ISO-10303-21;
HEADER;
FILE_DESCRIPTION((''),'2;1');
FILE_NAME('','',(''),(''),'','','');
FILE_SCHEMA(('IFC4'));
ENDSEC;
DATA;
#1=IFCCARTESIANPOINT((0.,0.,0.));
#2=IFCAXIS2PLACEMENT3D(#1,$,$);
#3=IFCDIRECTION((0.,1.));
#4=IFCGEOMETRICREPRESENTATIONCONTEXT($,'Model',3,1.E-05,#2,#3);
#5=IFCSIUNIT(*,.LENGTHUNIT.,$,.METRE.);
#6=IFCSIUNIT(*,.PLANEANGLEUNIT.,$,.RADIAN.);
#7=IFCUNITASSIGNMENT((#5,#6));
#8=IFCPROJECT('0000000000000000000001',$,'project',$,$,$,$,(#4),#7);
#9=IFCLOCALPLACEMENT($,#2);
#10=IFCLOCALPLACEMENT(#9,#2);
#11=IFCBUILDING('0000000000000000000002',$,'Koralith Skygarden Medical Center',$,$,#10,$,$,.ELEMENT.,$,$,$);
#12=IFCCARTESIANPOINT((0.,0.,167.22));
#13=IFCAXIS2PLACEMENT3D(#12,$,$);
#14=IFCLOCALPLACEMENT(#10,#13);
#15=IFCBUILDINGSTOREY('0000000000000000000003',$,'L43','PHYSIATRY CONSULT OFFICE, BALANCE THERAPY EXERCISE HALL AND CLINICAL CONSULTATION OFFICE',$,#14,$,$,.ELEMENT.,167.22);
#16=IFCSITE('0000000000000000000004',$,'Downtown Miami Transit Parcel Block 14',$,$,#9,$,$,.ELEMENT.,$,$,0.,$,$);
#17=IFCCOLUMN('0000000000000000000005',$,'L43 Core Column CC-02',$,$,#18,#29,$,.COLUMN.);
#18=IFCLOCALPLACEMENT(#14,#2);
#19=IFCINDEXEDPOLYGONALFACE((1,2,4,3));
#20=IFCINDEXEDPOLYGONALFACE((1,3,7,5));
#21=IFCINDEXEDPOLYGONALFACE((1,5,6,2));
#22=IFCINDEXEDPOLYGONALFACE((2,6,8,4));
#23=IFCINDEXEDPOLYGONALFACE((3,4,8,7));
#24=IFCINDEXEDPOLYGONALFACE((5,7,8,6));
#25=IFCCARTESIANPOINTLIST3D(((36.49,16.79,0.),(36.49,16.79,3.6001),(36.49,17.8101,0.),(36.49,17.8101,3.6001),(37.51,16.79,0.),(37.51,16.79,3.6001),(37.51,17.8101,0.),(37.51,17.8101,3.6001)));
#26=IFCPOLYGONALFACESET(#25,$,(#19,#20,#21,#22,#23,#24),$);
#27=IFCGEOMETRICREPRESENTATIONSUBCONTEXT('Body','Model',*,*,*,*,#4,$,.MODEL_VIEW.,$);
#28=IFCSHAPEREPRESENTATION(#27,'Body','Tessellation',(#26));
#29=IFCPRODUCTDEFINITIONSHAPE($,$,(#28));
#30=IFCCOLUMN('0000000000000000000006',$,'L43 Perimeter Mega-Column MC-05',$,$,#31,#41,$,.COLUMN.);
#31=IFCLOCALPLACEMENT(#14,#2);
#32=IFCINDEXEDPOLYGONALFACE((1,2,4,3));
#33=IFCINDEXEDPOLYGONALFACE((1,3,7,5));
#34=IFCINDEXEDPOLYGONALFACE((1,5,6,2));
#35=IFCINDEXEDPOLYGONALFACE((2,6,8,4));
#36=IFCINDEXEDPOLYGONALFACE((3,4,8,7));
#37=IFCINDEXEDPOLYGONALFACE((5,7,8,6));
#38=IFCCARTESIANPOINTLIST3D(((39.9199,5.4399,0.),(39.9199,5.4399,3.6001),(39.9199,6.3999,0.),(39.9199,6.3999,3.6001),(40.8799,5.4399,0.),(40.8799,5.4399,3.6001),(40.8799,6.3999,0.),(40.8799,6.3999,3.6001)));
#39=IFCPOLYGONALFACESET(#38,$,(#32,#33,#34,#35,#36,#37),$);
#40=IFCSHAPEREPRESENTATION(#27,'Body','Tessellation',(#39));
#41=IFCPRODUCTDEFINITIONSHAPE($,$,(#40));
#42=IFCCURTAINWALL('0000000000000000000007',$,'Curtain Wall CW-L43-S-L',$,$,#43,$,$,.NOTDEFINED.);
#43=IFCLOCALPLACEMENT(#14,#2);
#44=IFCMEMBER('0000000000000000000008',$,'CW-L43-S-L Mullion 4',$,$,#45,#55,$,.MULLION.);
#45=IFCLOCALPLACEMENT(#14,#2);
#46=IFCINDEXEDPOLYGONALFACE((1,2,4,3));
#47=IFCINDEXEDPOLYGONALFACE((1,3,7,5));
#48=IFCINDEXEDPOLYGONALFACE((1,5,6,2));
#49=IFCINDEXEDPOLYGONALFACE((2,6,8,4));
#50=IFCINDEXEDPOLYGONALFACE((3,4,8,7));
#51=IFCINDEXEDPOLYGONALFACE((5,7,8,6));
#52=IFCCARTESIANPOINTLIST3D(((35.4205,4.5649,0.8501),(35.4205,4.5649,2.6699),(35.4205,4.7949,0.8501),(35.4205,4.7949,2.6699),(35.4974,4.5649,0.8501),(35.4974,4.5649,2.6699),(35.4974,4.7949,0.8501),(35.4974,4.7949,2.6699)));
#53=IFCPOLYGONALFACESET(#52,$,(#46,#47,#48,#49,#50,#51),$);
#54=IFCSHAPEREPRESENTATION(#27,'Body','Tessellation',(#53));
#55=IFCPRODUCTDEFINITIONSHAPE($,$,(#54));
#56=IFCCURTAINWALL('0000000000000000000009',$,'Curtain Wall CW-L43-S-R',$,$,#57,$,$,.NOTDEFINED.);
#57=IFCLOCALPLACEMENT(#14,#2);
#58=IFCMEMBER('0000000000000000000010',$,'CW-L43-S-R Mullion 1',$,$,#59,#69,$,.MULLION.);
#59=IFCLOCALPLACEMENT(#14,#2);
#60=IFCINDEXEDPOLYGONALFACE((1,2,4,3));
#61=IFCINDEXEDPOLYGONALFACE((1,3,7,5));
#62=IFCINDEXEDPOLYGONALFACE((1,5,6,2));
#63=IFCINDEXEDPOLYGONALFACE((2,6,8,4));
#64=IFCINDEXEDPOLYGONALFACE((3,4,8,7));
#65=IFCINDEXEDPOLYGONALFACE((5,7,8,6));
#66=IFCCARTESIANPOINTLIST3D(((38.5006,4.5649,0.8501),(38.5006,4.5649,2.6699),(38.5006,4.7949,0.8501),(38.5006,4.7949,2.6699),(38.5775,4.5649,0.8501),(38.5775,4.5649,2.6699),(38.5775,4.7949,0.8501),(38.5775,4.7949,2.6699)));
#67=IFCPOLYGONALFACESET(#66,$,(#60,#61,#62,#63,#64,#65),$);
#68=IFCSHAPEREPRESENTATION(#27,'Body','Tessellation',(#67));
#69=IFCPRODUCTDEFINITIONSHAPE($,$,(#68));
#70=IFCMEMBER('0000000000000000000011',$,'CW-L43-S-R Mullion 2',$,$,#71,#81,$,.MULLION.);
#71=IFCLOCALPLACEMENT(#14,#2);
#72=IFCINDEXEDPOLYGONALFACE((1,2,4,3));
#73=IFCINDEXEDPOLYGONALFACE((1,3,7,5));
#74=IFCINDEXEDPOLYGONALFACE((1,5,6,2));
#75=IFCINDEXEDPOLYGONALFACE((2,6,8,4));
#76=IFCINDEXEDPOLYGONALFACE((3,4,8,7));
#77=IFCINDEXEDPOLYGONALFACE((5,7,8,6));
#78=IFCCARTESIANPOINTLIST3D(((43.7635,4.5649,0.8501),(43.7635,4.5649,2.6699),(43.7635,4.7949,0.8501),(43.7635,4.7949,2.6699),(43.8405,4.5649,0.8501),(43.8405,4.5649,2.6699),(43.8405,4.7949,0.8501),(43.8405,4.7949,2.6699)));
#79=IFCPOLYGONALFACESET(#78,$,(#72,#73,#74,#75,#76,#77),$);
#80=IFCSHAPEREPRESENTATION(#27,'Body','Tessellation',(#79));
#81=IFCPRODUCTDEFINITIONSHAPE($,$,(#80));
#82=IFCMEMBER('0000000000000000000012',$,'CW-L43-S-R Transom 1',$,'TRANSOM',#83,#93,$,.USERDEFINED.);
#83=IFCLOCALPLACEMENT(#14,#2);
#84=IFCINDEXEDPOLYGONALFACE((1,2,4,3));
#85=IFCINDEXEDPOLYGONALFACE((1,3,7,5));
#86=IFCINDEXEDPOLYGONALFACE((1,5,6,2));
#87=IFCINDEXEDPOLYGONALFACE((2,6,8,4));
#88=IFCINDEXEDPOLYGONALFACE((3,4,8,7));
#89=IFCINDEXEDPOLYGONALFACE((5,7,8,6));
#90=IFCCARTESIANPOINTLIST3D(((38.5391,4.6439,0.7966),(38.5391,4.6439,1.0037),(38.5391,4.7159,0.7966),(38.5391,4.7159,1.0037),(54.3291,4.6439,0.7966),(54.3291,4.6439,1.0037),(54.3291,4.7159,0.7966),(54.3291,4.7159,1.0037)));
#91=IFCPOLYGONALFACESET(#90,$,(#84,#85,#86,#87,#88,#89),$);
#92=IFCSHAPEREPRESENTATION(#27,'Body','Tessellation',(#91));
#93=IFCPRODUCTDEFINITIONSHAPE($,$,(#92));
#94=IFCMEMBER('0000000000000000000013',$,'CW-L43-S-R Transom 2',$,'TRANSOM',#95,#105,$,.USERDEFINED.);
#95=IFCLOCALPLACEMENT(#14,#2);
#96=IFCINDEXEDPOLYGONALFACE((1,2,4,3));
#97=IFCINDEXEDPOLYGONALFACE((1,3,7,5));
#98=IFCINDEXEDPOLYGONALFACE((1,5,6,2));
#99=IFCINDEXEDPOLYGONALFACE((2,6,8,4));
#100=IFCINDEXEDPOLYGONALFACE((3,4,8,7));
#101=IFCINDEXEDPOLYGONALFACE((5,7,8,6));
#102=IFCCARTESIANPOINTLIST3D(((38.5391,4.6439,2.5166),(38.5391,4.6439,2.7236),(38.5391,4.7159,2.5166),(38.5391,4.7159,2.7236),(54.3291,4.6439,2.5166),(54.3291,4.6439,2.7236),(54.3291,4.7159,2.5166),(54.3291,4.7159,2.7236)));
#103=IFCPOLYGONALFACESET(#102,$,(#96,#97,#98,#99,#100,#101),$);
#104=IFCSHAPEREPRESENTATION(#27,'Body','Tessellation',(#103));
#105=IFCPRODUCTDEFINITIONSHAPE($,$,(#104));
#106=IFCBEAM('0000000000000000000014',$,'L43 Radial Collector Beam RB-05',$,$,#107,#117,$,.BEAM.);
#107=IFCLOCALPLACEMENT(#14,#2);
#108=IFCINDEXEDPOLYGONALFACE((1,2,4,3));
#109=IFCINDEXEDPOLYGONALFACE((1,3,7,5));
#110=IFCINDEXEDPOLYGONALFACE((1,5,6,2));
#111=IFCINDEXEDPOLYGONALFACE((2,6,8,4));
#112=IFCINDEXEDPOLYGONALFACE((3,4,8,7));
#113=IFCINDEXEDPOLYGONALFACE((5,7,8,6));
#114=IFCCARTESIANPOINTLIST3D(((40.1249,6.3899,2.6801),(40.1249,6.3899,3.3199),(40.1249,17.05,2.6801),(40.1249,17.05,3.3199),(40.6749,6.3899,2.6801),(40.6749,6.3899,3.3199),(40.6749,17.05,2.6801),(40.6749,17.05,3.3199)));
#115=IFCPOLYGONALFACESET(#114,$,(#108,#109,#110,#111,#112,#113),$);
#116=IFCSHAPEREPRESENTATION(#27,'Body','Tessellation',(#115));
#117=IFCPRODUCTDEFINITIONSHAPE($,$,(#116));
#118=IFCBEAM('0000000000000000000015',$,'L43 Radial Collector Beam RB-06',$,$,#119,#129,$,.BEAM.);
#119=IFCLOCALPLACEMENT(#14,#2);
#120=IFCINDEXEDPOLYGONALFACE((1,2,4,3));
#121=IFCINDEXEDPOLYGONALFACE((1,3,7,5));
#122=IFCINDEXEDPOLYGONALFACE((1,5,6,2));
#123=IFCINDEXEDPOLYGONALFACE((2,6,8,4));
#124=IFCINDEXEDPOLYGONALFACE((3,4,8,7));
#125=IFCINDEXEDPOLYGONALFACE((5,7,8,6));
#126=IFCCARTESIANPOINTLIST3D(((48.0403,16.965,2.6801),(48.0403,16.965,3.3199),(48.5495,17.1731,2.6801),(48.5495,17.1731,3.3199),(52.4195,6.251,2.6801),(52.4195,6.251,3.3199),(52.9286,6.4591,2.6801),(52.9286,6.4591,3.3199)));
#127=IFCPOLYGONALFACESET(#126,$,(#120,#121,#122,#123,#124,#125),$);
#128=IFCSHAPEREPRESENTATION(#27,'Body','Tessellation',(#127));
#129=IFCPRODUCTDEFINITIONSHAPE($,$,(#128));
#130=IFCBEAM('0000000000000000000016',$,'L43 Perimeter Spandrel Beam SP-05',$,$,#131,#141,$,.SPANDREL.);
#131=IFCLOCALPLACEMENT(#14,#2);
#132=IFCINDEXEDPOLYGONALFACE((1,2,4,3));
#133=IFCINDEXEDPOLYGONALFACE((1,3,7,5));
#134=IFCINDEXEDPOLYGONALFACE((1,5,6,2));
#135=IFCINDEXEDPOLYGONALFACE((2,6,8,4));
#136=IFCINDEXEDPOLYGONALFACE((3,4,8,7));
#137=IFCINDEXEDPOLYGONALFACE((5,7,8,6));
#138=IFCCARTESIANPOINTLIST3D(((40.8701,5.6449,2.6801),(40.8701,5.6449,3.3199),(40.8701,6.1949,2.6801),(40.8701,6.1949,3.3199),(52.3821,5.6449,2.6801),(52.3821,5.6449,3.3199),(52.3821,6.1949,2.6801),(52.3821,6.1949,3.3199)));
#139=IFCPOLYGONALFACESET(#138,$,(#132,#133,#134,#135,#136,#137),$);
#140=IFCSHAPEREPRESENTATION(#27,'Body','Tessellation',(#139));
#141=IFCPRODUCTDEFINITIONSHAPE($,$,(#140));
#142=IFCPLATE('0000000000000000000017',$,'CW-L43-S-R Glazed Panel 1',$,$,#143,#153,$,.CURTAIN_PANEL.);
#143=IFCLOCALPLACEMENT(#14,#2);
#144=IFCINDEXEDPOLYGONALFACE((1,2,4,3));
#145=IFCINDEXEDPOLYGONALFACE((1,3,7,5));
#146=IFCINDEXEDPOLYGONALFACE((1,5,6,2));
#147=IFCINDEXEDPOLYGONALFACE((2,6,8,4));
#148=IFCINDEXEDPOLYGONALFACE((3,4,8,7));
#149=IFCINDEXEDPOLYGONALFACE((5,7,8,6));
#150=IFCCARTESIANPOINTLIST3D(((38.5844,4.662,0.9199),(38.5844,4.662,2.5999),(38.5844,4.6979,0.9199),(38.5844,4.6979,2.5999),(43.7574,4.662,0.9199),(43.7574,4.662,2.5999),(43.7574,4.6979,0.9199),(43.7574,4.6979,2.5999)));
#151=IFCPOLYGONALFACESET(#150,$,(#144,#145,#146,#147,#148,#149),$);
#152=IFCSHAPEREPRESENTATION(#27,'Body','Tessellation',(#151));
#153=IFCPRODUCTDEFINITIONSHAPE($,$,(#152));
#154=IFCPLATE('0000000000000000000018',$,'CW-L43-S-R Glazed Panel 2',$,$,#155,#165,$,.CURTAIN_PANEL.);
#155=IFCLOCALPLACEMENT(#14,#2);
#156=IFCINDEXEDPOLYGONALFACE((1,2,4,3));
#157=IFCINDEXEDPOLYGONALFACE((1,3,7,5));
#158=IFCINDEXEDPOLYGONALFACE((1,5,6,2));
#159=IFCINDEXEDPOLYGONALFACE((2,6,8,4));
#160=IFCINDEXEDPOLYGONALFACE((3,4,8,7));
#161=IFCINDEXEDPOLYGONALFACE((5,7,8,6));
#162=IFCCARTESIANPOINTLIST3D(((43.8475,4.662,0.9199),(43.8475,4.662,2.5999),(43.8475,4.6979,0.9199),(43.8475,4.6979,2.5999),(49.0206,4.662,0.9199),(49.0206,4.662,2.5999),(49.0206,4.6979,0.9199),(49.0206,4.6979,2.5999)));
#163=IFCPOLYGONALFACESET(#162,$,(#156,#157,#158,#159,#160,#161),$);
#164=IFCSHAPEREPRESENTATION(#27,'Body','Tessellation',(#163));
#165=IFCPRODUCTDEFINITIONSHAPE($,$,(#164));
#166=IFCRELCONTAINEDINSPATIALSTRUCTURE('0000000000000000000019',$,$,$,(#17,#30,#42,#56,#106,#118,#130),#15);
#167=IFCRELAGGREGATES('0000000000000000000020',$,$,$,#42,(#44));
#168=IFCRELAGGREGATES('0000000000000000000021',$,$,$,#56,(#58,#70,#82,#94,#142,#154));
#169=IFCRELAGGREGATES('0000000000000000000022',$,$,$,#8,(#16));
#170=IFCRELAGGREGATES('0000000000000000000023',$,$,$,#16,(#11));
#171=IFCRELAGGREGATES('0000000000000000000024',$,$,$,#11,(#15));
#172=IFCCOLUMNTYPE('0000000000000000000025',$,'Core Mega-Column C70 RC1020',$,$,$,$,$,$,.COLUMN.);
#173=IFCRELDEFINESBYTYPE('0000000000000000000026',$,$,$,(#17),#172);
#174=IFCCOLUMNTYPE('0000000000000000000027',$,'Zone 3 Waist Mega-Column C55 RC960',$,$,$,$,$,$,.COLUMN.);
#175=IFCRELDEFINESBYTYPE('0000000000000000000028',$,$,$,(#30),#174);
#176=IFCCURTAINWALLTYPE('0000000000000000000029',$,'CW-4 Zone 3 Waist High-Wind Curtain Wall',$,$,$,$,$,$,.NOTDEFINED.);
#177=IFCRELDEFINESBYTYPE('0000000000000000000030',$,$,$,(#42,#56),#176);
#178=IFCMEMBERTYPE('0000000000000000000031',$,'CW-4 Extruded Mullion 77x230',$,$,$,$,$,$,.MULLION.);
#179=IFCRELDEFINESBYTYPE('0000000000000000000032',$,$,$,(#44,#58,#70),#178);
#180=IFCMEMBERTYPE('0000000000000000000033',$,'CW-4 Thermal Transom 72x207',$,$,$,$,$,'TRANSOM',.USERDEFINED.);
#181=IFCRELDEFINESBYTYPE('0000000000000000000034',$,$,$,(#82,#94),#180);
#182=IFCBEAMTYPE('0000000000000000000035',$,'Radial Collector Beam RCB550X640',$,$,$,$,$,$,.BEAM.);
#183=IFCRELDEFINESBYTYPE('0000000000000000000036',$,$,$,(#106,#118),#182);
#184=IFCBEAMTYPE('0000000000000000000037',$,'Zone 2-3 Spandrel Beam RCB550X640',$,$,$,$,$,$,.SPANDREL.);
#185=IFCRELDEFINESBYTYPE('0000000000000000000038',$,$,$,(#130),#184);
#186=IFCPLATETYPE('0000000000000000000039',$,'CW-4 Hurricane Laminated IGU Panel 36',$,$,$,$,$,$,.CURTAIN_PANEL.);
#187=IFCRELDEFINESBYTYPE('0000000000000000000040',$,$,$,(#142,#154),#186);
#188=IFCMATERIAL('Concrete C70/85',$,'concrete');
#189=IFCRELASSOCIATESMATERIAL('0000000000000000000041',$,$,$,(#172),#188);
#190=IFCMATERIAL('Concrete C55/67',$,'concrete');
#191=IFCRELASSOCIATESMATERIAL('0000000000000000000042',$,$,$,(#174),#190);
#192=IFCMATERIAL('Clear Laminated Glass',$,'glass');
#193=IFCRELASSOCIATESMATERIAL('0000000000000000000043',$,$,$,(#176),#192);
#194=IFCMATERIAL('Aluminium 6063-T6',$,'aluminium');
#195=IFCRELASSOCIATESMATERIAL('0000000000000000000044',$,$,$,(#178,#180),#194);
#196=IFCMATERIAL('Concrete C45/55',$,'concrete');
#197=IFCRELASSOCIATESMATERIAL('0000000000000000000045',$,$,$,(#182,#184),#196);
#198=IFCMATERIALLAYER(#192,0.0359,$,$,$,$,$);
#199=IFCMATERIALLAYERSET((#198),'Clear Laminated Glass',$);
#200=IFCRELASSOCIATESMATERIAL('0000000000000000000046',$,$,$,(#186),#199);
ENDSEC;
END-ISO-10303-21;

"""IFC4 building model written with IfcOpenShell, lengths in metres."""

from ifc_helpers import new_model, si_unit, direction, frame, origin, origin_2d, place, context, subcontext, project, spatial, rectangle, extrude, material, layer, layer_set, material_profile, profile_set, type_object, element, aggregate, save


model = new_model("IFC4")

# Units and contexts
model_context = context("Model", 3, precision=1e-05, world=origin(), true_north=direction((0.0, 1.0)))
body_context = subcontext(model_context, "Body", "Model", "MODEL_VIEW")
ifc_project = project(units=[si_unit("LENGTHUNIT", "METRE"), si_unit("PLANEANGLEUNIT", "RADIAN")], contexts=[model_context])

# Site, building, storey
site_placement = place(None, origin())
site = spatial("IfcSite", under=ifc_project, at=site_placement, Name="Downtown Miami Transit Parcel Block 14", CompositionType="ELEMENT", RefElevation=0.0)
building_placement = place(site_placement, origin())
building = spatial("IfcBuilding", under=site, at=building_placement, Name="Koralith Skygarden Medical Center", CompositionType="ELEMENT")
storey_placement = place(building_placement, frame((0.0, 0.0, 167.22)))
storey = spatial("IfcBuildingStorey", under=building, at=storey_placement, Name="L43", Description="PHYSIATRY CONSULT OFFICE, BALANCE THERAPY EXERCISE HALL AND CLINICAL CONSULTATION OFFICE", CompositionType="ELEMENT", Elevation=167.22)

# Columns
ifc_material_1 = material(Name="Concrete C70/85", Category="concrete")
ifc_material_profile_1 = material_profile(ifc_material_1, rectangle(XDim=1.02, YDim=1.02, at=origin_2d()), Name="RC1020X1020")
ifc_profile_set_1 = profile_set([ifc_material_profile_1], Name="Concrete C70/85")
column_type_1 = type_object("IfcColumnType", Name="Core Mega-Column C70 RC1020", PredefinedType="COLUMN", material=ifc_profile_set_1)
column_1_placement = place(storey_placement, frame((37.0, 17.3, 0.0), z_axis=(0.0, 0.0, 1.0), x_axis=(1.0, 0.0, 0.0)))
element("IfcColumn", 1, at=column_1_placement, inside=storey, type_object=column_type_1, Name="L43 Core Column CC-02", PredefinedType="COLUMN", context=body_context, shape_type="SweptSolid", body=[
    extrude(rectangle(XDim=1.02, YDim=1.02, at=origin_2d()), origin(), (0.0, 0.0, 1.0), 3.6001),
])
ifc_material_2 = material(Name="Concrete C55/67", Category="concrete")
ifc_material_profile_2 = material_profile(ifc_material_2, rectangle(XDim=0.96, YDim=0.96, at=origin_2d()), Name="RC960X960")
ifc_profile_set_2 = profile_set([ifc_material_profile_2], Name="Concrete C55/67")
column_type_2 = type_object("IfcColumnType", Name="Zone 3 Waist Mega-Column C55 RC960", PredefinedType="COLUMN", material=ifc_profile_set_2)
column_2_placement = place(storey_placement, frame((40.3999, 5.9199, 0.0), z_axis=(0.0, 0.0, 1.0), x_axis=(1.0, 0.0, 0.0)))
element("IfcColumn", 2, at=column_2_placement, inside=storey, type_object=column_type_2, Name="L43 Perimeter Mega-Column MC-05", PredefinedType="COLUMN", context=body_context, shape_type="SweptSolid", body=[
    extrude(rectangle(XDim=0.96, YDim=0.96, at=origin_2d()), origin(), (0.0, 0.0, 1.0), 3.6001),
])

# Curtain wall, member
ifc_material_3 = material(Name="Clear Laminated Glass", Category="glass")
curtain_wall_type = type_object("IfcCurtainWallType", Name="CW-4 Zone 3 Waist High-Wind Curtain Wall", PredefinedType="NOTDEFINED", material=ifc_material_3)
curtain_wall_1_placement = place(storey_placement, origin())
curtain_wall_1 = element("IfcCurtainWall", 3, at=curtain_wall_1_placement, inside=storey, type_object=curtain_wall_type, Name="Curtain Wall CW-L43-S-L", PredefinedType="NOTDEFINED")
ifc_material_4 = material(Name="Aluminium 6063-T6", Category="aluminium")
ifc_material_profile_3 = material_profile(ifc_material_4, rectangle(XDim=0.0769, YDim=0.23, at=origin_2d()), Name="MUL77X230")
ifc_profile_set_3 = profile_set([ifc_material_profile_3], Name="Aluminium 6063-T6")
member_type_1 = type_object("IfcMemberType", Name="CW-4 Extruded Mullion 77x230", PredefinedType="MULLION", material=ifc_profile_set_3)
member_1_placement = place(storey_placement, frame((35.459, 4.6799, 0.8501), z_axis=(0.0, 0.0, 1.0), x_axis=(1.0, 0.0, 0.0)))
member_1 = element("IfcMember", 4, at=member_1_placement, type_object=member_type_1, Name="CW-L43-S-L Mullion 4", PredefinedType="MULLION", context=body_context, shape_type="SweptSolid", body=[
    extrude(rectangle(XDim=0.0769, YDim=0.23, at=origin_2d()), origin(), (0.0, 0.0, 1.0), 1.8198),
])
aggregate(curtain_wall_1, [member_1])

# Curtain wall, members
curtain_wall_2_placement = place(storey_placement, origin())
curtain_wall_2 = element("IfcCurtainWall", 5, at=curtain_wall_2_placement, inside=storey, type_object=curtain_wall_type, Name="Curtain Wall CW-L43-S-R", PredefinedType="NOTDEFINED")
member_2_placement = place(storey_placement, frame((38.5391, 4.6799, 0.8501), z_axis=(0.0, 0.0, 1.0), x_axis=(1.0, 0.0, 0.0)))
member_2 = element("IfcMember", 6, at=member_2_placement, type_object=member_type_1, Name="CW-L43-S-R Mullion 1", PredefinedType="MULLION", context=body_context, shape_type="SweptSolid", body=[
    extrude(rectangle(XDim=0.0769, YDim=0.23, at=origin_2d()), origin(), (0.0, 0.0, 1.0), 1.8198),
])
member_3_placement = place(storey_placement, frame((43.802, 4.6799, 0.8501), z_axis=(0.0, 0.0, 1.0), x_axis=(1.0, 0.0, 0.0)))
member_3 = element("IfcMember", 7, at=member_3_placement, type_object=member_type_1, Name="CW-L43-S-R Mullion 2", PredefinedType="MULLION", context=body_context, shape_type="SweptSolid", body=[
    extrude(rectangle(XDim=0.0769, YDim=0.23, at=origin_2d()), origin(), (0.0, 0.0, 1.0), 1.8198),
])
ifc_material_profile_4 = material_profile(ifc_material_4, rectangle(XDim=0.072, YDim=0.207, at=origin_2d()), Name="TRN72X207")
ifc_profile_set_4 = profile_set([ifc_material_profile_4], Name="Aluminium 6063-T6")
member_type_2 = type_object("IfcMemberType", Name="CW-4 Thermal Transom 72x207", ElementType="TRANSOM", PredefinedType="USERDEFINED", material=ifc_profile_set_4)
member_4_placement = place(storey_placement, frame((38.5391, 4.6799, 0.9001), z_axis=(1.0, 0.0, 0.0), x_axis=(0.0, 1.0, 0.0)))
member_4 = element("IfcMember", 8, at=member_4_placement, type_object=member_type_2, Name="CW-L43-S-R Transom 1", ObjectType="TRANSOM", PredefinedType="USERDEFINED", context=body_context, shape_type="SweptSolid", body=[
    extrude(rectangle(XDim=0.072, YDim=0.207, at=origin_2d()), origin(), (0.0, 0.0, 1.0), 15.79),
])
member_5_placement = place(storey_placement, frame((38.5391, 4.6799, 2.6201), z_axis=(1.0, 0.0, 0.0), x_axis=(0.0, 1.0, 0.0)))
member_5 = element("IfcMember", 9, at=member_5_placement, type_object=member_type_2, Name="CW-L43-S-R Transom 2", ObjectType="TRANSOM", PredefinedType="USERDEFINED", context=body_context, shape_type="SweptSolid", body=[
    extrude(rectangle(XDim=0.072, YDim=0.207, at=origin_2d()), origin(), (0.0, 0.0, 1.0), 15.79),
])

# Beams
ifc_material_5 = material(Name="Concrete C45/55", Category="concrete")
ifc_material_profile_5 = material_profile(ifc_material_5, rectangle(XDim=0.55, YDim=0.6399, at=origin_2d()), Name="RCB550X640")
ifc_profile_set_5 = profile_set([ifc_material_profile_5], Name="Concrete C45/55")
beam_type_1 = type_object("IfcBeamType", Name="Radial Collector Beam RCB550X640", PredefinedType="BEAM", material=ifc_profile_set_5)
beam_1_placement = place(storey_placement, frame((40.3999, 17.05, 3.0), z_axis=(0.0, -1.0, 0.0), x_axis=(1.0, 0.0, 0.0)))
element("IfcBeam", 10, at=beam_1_placement, inside=storey, type_object=beam_type_1, Name="L43 Radial Collector Beam RB-05", PredefinedType="BEAM", context=body_context, shape_type="SweptSolid", body=[
    extrude(rectangle(XDim=0.55, YDim=0.6399, at=origin_2d()), origin(), (0.0, 0.0, 1.0), 10.6602),
])
beam_2_placement = place(storey_placement, frame((48.2949, 17.0691, 3.0), z_axis=(0.378345, -0.925665, 0.0), x_axis=(0.925665, 0.378345, 0.0)))
element("IfcBeam", 11, at=beam_2_placement, inside=storey, type_object=beam_type_1, Name="L43 Radial Collector Beam RB-06", PredefinedType="BEAM", context=body_context, shape_type="SweptSolid", body=[
    extrude(rectangle(XDim=0.55, YDim=0.6399, at=origin_2d()), origin(), (0.0, 0.0, 1.0), 11.5745),
])
ifc_material_profile_6 = material_profile(ifc_material_5, rectangle(XDim=0.55, YDim=0.6399, at=origin_2d()), Name="RCB550X640")
ifc_profile_set_6 = profile_set([ifc_material_profile_6], Name="Concrete C45/55")
beam_type_2 = type_object("IfcBeamType", Name="Zone 2-3 Spandrel Beam RCB550X640", PredefinedType="SPANDREL", material=ifc_profile_set_6)
beam_3_placement = place(storey_placement, frame((40.8701, 5.9199, 3.0), z_axis=(1.0, 0.0, 0.0), x_axis=(0.0, 1.0, 0.0)))
element("IfcBeam", 12, at=beam_3_placement, inside=storey, type_object=beam_type_2, Name="L43 Perimeter Spandrel Beam SP-05", PredefinedType="SPANDREL", context=body_context, shape_type="SweptSolid", body=[
    extrude(rectangle(XDim=0.55, YDim=0.6399, at=origin_2d()), origin(), (0.0, 0.0, 1.0), 11.512),
])

# Plates
ifc_layer_1 = layer(ifc_material_3, 0.0359)
ifc_layer_set_1 = layer_set([ifc_layer_1], Name="Clear Laminated Glass")
plate_type = type_object("IfcPlateType", Name="CW-4 Hurricane Laminated IGU Panel 36", PredefinedType="CURTAIN_PANEL", material=ifc_layer_set_1)
plate_1_placement = place(storey_placement, frame((41.1709, 4.6799, 0.9199), z_axis=(0.0, 0.0, 1.0), x_axis=(1.0, 0.0, 0.0)))
plate_1 = element("IfcPlate", 13, at=plate_1_placement, type_object=plate_type, Name="CW-L43-S-R Glazed Panel 1", PredefinedType="CURTAIN_PANEL", context=body_context, shape_type="SweptSolid", body=[
    extrude(rectangle(XDim=5.1731, YDim=0.0359, at=origin_2d()), origin(), (0.0, 0.0, 1.0), 1.6799),
])
plate_2_placement = place(storey_placement, frame((46.4341, 4.6799, 0.9199), z_axis=(0.0, 0.0, 1.0), x_axis=(1.0, 0.0, 0.0)))
plate_2 = element("IfcPlate", 14, at=plate_2_placement, type_object=plate_type, Name="CW-L43-S-R Glazed Panel 2", PredefinedType="CURTAIN_PANEL", context=body_context, shape_type="SweptSolid", body=[
    extrude(rectangle(XDim=5.1731, YDim=0.0359, at=origin_2d()), origin(), (0.0, 0.0, 1.0), 1.6799),
])
aggregate(curtain_wall_2, [member_2, member_3, member_4, member_5, plate_1, plate_2])

save(model, "model.ifc")
